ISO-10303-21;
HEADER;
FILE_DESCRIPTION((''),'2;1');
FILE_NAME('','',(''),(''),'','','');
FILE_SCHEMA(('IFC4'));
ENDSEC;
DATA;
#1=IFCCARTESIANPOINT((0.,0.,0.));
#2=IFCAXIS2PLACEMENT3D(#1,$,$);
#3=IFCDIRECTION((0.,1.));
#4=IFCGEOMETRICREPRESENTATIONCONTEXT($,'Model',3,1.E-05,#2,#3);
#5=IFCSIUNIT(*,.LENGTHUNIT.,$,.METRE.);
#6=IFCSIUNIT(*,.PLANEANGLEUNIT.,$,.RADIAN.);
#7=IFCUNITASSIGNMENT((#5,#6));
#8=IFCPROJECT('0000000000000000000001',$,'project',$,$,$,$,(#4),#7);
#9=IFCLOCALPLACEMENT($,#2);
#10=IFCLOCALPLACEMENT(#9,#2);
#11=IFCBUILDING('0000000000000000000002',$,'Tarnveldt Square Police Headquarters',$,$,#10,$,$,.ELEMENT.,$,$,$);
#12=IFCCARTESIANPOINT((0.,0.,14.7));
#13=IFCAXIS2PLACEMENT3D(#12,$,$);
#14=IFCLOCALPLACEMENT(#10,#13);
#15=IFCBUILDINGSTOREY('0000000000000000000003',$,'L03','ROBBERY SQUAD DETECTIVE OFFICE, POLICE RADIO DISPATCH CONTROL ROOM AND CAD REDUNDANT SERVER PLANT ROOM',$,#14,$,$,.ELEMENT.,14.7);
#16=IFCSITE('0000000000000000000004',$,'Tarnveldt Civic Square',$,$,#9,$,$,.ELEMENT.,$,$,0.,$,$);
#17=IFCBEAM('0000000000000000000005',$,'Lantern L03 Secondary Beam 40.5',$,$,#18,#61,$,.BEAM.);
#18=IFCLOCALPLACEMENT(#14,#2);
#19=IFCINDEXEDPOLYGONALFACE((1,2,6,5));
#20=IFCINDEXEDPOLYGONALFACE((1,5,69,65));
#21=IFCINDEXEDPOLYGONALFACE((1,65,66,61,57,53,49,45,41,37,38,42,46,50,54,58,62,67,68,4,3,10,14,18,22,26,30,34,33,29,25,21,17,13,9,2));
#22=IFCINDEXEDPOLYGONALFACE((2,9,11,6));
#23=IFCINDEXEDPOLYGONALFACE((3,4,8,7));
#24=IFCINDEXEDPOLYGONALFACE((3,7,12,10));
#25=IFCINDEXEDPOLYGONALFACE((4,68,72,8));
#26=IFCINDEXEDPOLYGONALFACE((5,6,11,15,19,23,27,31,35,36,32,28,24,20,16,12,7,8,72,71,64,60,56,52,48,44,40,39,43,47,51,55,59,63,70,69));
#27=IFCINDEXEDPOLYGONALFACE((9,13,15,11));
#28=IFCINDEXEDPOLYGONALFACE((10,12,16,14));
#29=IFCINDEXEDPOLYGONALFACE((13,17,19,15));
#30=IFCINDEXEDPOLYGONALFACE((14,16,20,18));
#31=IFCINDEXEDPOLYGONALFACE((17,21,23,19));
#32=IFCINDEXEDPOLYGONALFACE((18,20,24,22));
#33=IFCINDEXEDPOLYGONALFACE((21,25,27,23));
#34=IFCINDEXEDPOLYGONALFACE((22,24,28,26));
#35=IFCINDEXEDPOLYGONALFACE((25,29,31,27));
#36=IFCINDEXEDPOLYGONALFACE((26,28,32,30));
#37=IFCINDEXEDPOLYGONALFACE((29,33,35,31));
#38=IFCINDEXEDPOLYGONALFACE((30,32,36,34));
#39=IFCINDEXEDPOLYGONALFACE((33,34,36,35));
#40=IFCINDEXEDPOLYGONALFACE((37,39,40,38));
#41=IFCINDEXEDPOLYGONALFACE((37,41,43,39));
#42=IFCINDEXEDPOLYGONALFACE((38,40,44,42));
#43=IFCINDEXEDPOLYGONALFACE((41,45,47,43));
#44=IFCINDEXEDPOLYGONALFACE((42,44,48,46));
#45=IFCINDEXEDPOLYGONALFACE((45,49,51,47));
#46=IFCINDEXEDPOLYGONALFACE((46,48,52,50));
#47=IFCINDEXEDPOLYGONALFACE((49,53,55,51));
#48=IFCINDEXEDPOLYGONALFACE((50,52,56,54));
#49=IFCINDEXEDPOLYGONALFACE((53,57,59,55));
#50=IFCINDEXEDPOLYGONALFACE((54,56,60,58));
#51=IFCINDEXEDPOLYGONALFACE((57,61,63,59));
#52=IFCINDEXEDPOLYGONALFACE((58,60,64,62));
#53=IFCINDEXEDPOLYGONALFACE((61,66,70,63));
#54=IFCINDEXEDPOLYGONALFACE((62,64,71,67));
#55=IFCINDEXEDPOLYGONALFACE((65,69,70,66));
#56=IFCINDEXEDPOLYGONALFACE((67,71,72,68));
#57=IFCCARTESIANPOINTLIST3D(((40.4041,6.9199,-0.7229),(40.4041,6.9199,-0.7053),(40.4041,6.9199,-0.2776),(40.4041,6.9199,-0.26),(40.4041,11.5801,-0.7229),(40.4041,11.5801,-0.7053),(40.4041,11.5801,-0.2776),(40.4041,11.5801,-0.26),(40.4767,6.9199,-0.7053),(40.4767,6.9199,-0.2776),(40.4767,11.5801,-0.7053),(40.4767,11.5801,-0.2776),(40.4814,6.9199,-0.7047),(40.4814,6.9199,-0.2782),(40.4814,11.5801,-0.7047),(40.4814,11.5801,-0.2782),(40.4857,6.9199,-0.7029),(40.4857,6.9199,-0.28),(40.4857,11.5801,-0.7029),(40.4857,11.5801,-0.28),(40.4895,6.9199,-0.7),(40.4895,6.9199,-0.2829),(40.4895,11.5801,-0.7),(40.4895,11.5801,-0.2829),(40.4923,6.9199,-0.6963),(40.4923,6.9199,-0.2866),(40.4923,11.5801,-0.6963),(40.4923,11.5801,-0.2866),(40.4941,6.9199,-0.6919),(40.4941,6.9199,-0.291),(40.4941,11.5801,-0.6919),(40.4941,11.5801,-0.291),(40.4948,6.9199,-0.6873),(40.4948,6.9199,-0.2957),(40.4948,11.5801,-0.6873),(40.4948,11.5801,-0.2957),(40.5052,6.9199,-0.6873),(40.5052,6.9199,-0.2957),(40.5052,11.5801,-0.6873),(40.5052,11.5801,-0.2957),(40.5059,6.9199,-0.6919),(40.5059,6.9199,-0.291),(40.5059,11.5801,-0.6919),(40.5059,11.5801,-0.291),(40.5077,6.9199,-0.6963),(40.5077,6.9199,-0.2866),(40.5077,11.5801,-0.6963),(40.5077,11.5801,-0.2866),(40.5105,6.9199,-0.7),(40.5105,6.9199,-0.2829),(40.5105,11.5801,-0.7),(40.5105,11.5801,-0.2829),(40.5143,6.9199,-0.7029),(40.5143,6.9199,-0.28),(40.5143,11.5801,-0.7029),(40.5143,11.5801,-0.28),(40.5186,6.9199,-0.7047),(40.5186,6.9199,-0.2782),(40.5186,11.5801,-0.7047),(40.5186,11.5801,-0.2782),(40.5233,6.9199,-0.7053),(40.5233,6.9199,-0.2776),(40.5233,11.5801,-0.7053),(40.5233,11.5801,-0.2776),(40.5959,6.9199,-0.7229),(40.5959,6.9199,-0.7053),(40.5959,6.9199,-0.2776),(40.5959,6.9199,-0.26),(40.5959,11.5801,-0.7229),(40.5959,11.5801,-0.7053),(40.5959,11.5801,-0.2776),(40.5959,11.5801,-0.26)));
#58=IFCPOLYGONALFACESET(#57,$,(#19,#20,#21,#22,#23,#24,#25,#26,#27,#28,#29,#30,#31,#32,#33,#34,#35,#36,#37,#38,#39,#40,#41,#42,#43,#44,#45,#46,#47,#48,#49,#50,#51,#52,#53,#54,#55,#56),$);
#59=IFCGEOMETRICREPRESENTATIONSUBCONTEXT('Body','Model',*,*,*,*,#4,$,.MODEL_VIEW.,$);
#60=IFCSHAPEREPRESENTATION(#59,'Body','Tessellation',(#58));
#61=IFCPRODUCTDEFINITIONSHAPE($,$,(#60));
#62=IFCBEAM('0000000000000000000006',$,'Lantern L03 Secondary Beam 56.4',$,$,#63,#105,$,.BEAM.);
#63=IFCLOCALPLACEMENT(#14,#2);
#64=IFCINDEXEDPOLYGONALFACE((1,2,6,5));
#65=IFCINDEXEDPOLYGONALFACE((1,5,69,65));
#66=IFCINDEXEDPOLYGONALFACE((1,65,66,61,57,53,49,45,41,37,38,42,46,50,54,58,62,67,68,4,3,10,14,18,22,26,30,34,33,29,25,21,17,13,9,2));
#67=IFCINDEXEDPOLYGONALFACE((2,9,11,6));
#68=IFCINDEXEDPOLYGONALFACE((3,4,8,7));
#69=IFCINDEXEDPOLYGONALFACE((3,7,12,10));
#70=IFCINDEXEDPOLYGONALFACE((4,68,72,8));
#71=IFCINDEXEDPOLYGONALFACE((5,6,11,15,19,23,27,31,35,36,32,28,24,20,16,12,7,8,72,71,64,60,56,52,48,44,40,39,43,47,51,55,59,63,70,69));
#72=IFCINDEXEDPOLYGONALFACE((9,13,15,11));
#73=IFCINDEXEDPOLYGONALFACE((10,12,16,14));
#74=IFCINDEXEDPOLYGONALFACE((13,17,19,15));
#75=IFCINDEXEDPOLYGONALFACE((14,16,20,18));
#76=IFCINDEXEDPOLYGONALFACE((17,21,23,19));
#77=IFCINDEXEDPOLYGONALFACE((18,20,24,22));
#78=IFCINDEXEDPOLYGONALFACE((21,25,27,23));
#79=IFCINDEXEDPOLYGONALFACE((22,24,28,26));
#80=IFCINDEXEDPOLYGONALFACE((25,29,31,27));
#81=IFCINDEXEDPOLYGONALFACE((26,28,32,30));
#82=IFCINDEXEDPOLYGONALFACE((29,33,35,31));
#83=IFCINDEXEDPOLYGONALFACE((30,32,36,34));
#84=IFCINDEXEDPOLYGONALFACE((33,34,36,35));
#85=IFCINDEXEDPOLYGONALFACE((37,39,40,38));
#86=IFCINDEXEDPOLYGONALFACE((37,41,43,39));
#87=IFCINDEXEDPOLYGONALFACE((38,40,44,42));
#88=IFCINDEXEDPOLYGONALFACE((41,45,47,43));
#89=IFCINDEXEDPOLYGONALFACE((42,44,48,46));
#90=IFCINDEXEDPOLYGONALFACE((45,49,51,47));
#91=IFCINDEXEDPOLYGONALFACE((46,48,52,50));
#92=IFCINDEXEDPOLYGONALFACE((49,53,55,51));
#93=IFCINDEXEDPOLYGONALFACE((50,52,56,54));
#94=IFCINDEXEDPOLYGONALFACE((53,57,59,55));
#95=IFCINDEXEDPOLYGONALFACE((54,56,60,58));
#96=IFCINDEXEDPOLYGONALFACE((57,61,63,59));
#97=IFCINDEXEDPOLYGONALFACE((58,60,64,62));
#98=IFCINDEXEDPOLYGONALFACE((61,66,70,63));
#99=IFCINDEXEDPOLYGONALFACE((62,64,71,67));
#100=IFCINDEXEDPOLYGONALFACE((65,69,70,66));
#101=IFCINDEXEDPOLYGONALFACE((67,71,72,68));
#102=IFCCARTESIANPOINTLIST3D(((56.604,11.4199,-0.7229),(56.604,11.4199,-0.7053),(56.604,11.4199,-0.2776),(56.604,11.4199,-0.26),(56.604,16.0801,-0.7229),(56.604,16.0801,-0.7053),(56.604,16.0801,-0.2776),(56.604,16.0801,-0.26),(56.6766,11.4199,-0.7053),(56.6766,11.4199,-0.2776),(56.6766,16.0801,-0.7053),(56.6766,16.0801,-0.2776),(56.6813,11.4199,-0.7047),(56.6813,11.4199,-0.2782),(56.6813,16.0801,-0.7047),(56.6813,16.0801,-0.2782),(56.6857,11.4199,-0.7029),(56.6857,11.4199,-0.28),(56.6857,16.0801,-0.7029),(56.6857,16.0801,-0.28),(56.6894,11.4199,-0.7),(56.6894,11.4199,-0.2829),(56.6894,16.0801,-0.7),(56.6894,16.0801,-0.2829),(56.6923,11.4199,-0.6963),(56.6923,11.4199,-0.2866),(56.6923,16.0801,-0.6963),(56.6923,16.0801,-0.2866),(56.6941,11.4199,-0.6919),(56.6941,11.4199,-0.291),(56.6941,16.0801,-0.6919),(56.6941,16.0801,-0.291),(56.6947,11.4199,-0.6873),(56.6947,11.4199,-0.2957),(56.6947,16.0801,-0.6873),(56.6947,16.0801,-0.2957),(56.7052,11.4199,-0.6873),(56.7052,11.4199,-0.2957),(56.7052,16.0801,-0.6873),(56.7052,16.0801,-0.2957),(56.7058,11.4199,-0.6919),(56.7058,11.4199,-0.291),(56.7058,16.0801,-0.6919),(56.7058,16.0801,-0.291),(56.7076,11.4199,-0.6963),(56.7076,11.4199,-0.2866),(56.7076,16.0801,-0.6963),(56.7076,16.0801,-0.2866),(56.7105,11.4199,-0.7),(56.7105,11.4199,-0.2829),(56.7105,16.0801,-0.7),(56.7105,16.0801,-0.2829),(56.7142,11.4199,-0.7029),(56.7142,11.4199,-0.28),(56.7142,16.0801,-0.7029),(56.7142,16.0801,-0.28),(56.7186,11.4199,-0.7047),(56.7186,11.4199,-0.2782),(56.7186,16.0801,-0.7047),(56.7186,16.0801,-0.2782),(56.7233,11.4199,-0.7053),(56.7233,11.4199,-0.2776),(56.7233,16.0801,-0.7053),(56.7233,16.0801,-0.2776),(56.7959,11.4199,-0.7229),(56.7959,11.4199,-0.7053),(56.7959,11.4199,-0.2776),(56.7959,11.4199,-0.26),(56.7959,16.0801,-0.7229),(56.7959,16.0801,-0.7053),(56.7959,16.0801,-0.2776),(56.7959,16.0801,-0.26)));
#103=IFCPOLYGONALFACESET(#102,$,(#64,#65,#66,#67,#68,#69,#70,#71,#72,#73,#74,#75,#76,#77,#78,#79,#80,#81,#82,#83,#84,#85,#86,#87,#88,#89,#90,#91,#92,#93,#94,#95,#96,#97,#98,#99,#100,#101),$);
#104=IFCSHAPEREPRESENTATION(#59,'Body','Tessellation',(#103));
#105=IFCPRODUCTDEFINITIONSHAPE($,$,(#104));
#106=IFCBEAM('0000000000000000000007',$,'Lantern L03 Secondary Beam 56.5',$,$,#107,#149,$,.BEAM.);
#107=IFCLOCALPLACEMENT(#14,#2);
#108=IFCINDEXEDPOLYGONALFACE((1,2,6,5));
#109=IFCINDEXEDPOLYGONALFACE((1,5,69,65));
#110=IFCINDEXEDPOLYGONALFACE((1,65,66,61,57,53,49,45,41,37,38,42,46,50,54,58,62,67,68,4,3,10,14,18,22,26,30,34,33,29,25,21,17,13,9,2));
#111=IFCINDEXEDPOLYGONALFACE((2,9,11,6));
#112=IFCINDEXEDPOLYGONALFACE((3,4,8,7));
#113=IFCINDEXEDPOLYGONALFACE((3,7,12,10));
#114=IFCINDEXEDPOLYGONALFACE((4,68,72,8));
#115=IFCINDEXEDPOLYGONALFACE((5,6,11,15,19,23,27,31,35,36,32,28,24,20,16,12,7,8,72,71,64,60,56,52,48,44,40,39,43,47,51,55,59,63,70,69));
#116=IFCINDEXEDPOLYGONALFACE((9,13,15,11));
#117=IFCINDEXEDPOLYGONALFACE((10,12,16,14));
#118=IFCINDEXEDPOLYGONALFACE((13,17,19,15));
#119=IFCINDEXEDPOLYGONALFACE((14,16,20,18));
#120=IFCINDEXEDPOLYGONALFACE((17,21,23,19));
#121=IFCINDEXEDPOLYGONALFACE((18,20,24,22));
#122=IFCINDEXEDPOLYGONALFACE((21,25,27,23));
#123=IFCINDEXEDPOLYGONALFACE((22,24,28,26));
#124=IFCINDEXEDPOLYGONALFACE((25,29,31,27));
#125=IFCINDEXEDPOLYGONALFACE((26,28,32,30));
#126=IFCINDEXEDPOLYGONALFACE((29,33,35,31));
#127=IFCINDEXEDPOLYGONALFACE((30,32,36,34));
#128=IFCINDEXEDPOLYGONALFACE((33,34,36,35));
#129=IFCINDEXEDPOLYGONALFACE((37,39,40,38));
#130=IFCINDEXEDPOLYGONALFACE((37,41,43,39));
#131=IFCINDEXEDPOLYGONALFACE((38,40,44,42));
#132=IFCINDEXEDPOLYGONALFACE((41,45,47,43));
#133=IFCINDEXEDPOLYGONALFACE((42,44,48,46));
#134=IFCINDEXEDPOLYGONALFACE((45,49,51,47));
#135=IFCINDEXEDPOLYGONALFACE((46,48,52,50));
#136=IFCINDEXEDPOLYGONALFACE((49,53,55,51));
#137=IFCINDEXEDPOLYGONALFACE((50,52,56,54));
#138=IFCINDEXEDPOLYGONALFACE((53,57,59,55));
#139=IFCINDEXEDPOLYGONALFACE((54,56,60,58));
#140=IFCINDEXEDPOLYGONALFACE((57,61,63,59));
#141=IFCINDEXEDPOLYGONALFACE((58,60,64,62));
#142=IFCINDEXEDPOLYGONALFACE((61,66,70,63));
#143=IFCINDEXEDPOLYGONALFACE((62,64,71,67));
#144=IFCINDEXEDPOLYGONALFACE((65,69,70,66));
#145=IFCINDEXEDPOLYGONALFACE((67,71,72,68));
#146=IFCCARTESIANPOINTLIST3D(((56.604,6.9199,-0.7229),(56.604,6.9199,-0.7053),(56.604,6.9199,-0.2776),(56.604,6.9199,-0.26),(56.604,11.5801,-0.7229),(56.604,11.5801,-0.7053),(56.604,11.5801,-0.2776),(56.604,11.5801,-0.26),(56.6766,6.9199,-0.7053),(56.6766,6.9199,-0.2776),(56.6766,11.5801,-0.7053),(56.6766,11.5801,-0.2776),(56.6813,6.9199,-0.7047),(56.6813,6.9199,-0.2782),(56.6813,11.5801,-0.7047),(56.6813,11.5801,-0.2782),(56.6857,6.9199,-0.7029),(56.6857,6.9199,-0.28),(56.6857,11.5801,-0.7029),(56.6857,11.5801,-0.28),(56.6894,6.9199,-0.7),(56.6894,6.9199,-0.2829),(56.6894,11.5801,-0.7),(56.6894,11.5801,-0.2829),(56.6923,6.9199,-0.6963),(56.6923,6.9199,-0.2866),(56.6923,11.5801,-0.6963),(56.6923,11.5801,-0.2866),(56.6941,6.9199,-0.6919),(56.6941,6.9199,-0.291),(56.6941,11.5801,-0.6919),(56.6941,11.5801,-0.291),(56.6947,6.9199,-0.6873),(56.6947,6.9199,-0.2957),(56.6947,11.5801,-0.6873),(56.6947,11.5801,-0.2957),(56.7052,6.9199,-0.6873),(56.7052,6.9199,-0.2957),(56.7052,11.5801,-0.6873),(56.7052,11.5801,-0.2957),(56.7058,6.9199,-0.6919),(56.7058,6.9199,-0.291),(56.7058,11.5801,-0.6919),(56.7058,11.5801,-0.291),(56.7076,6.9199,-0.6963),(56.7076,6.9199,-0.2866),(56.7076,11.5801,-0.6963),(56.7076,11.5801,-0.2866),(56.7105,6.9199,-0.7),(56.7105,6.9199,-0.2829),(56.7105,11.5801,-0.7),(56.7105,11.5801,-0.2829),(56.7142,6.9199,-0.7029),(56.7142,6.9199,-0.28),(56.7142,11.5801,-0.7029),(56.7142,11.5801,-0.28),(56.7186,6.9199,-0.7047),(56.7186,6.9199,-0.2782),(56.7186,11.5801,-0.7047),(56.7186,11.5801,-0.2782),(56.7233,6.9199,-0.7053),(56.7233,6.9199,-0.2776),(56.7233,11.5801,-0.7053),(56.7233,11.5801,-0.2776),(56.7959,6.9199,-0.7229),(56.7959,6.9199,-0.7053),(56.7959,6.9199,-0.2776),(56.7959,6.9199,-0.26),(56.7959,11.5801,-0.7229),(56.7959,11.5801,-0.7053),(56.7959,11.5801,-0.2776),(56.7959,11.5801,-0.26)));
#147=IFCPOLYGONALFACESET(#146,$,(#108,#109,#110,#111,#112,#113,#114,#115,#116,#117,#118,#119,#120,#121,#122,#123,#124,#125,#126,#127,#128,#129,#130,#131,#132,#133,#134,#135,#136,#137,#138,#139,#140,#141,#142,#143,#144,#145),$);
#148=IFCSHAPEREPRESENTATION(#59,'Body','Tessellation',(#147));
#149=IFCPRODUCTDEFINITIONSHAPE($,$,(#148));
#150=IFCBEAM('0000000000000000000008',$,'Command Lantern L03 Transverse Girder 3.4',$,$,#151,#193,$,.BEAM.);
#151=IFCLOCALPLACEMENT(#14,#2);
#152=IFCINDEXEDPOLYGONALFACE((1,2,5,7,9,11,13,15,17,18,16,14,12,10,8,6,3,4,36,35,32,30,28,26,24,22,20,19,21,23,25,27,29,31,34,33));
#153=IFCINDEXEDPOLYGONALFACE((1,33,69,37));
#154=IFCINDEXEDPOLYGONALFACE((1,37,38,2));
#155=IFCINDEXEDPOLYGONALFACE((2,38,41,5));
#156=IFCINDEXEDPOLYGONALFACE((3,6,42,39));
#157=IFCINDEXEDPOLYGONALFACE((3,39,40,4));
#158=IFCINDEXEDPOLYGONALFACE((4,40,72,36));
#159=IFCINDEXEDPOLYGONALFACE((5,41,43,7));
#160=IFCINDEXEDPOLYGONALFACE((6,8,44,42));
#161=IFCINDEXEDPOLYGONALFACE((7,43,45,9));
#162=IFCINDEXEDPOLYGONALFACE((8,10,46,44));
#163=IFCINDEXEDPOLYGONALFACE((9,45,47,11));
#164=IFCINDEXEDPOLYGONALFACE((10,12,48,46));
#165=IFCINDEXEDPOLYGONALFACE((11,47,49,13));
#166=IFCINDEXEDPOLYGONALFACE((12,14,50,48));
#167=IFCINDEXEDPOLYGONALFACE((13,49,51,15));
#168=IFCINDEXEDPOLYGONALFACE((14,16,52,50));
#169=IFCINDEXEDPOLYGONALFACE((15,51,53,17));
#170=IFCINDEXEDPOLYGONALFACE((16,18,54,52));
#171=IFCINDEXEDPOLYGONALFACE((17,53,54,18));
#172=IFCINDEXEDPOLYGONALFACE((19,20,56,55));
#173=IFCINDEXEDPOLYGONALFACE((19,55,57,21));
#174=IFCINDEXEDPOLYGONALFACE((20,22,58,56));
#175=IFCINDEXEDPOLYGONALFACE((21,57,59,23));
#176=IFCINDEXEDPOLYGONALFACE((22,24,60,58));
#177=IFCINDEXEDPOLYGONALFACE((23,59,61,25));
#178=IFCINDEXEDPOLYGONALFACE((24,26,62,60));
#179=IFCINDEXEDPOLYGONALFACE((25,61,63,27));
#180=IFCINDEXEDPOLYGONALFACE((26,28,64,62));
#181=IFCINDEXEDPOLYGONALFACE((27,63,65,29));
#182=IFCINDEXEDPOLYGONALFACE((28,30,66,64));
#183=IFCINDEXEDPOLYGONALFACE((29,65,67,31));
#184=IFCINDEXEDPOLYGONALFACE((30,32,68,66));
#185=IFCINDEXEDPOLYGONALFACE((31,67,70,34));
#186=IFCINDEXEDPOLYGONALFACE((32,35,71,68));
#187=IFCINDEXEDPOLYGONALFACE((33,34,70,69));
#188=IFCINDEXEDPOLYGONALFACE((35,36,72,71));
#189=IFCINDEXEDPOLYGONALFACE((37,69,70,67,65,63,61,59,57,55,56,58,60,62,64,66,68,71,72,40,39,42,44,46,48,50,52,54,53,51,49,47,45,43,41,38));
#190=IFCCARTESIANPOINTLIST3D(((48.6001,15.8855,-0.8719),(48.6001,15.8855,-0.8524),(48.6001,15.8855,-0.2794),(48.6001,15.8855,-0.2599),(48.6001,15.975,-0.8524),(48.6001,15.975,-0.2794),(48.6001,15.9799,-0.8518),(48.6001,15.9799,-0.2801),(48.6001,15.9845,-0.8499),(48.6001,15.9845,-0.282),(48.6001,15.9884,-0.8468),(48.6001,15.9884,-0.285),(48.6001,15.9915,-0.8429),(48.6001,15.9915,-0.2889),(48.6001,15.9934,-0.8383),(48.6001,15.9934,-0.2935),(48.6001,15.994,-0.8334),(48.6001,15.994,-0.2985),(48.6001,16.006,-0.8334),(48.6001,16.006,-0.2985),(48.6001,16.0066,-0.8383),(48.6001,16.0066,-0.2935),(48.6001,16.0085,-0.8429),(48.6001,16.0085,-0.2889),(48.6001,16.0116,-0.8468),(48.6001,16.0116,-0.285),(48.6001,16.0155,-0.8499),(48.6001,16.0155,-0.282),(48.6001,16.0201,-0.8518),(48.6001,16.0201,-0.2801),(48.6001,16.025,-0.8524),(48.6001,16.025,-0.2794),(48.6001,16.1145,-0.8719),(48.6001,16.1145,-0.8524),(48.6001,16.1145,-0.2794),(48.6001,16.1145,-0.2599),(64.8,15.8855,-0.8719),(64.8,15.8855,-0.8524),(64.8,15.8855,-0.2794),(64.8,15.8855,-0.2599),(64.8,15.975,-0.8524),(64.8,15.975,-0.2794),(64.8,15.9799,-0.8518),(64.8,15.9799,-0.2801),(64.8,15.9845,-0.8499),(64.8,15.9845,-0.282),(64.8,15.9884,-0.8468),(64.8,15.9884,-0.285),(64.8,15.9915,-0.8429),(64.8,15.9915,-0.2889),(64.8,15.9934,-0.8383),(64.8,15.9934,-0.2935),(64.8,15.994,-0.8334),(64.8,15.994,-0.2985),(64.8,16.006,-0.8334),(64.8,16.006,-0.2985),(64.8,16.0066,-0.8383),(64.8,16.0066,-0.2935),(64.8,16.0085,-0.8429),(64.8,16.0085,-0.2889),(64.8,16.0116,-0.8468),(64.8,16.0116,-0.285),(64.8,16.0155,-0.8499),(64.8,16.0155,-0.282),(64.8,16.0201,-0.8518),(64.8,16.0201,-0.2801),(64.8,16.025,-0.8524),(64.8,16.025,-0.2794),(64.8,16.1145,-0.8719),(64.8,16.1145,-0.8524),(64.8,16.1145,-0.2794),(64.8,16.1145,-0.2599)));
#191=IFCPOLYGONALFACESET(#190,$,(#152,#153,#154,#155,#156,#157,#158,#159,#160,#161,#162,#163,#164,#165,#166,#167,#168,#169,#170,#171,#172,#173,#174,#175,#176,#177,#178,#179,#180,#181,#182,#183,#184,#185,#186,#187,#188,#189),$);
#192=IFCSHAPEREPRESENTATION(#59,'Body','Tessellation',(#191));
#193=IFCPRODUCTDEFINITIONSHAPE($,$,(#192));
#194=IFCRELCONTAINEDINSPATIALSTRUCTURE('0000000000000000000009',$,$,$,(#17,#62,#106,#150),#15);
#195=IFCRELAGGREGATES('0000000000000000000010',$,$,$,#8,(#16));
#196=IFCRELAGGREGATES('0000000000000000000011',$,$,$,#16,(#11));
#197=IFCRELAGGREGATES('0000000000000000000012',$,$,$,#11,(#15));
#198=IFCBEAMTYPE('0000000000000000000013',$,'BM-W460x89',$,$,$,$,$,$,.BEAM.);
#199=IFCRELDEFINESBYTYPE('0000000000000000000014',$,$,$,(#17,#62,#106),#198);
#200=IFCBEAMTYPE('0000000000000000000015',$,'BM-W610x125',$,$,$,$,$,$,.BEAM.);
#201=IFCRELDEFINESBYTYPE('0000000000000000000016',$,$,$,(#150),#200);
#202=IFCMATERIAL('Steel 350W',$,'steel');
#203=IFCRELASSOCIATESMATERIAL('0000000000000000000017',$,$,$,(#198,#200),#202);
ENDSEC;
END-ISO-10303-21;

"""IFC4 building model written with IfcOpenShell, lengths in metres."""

from ifc_helpers import new_model, si_unit, direction, frame, origin, origin_2d, place, context, subcontext, project, spatial, i_section, extrude, material, material_profile, profile_set, type_object, element, save


model = new_model("IFC4")

# Units and contexts
model_context = context("Model", 3, precision=1e-05, world=origin(), true_north=direction((0.0, 1.0)))
body_context = subcontext(model_context, "Body", "Model", "MODEL_VIEW")
ifc_project = project(units=[si_unit("LENGTHUNIT", "METRE"), si_unit("PLANEANGLEUNIT", "RADIAN")], contexts=[model_context])

# Site, building, storey
site_placement = place(None, origin())
site = spatial("IfcSite", under=ifc_project, at=site_placement, Name="Tarnveldt Civic Square", CompositionType="ELEMENT", RefElevation=0.0)
building_placement = place(site_placement, origin())
building = spatial("IfcBuilding", under=site, at=building_placement, Name="Tarnveldt Square Police Headquarters", CompositionType="ELEMENT")
storey_placement = place(building_placement, frame((0.0, 0.0, 14.7)))
storey = spatial("IfcBuildingStorey", under=building, at=storey_placement, Name="L03", Description="ROBBERY SQUAD DETECTIVE OFFICE, POLICE RADIO DISPATCH CONTROL ROOM AND CAD REDUNDANT SERVER PLANT ROOM", CompositionType="ELEMENT", Elevation=14.7)

# Shared definitions
ifc_material_1 = material(Name="Steel 350W", Category="steel")

# Beams
ifc_material_profile_1 = material_profile(ifc_material_1, i_section(OverallWidth=0.1919, OverallDepth=0.4629, WebThickness=0.0105, FlangeThickness=0.0176, FilletRadius=0.0181, at=origin_2d()), Name="W460x89")
ifc_profile_set_1 = profile_set([ifc_material_profile_1], Name="Steel 350W")
beam_type_1 = type_object("IfcBeamType", Name="BM-W460x89", PredefinedType="BEAM", material=ifc_profile_set_1)
for number, where, z_axis, x_axis, name in (
    (1, (40.5, 11.5801, -0.4915), (0.0, -1.0, 0.0), (1.0, 0.0, 0.0), "Lantern L03 Secondary Beam 40.5"),
    (2, (56.7, 16.0801, -0.4915), (0.0, -1.0, 0.0), (1.0, 0.0, 0.0), "Lantern L03 Secondary Beam 56.4"),
    (3, (56.7, 11.5801, -0.4915), (0.0, -1.0, 0.0), (1.0, 0.0, 0.0), "Lantern L03 Secondary Beam 56.5"),
):
    element("IfcBeam", number, at=place(storey_placement, frame(where, z_axis=z_axis, x_axis=x_axis)), inside=storey, type_object=beam_type_1, Name=name, PredefinedType="BEAM", context=body_context, shape_type="SweptSolid", body=[
        extrude(i_section(OverallWidth=0.1919, OverallDepth=0.4629, WebThickness=0.0105, FlangeThickness=0.0176, FilletRadius=0.0181, at=origin_2d()), origin(), (0.0, 0.0, 1.0), 4.6602),
    ])
ifc_material_profile_2 = material_profile(ifc_material_1, i_section(OverallWidth=0.229, OverallDepth=0.6121, WebThickness=0.012, FlangeThickness=0.0195, FilletRadius=0.019, at=origin_2d()), Name="W610x125")
ifc_profile_set_2 = profile_set([ifc_material_profile_2], Name="Steel 350W")
beam_type_2 = type_object("IfcBeamType", Name="BM-W610x125", PredefinedType="BEAM", material=ifc_profile_set_2)
for number, where, z_axis, x_axis, name in (
    (4, (48.6001, 16.0, -0.5659), (1.0, 0.0, 0.0), (0.0, 1.0, 0.0), "Command Lantern L03 Transverse Girder 3.4"),
):
    element("IfcBeam", number, at=place(storey_placement, frame(where, z_axis=z_axis, x_axis=x_axis)), inside=storey, type_object=beam_type_2, Name=name, PredefinedType="BEAM", context=body_context, shape_type="SweptSolid", body=[
        extrude(i_section(OverallWidth=0.229, OverallDepth=0.6121, WebThickness=0.012, FlangeThickness=0.0195, FilletRadius=0.019, at=origin_2d()), origin(), (0.0, 0.0, 1.0), 16.2),
    ])

save(model, "model.ifc")
